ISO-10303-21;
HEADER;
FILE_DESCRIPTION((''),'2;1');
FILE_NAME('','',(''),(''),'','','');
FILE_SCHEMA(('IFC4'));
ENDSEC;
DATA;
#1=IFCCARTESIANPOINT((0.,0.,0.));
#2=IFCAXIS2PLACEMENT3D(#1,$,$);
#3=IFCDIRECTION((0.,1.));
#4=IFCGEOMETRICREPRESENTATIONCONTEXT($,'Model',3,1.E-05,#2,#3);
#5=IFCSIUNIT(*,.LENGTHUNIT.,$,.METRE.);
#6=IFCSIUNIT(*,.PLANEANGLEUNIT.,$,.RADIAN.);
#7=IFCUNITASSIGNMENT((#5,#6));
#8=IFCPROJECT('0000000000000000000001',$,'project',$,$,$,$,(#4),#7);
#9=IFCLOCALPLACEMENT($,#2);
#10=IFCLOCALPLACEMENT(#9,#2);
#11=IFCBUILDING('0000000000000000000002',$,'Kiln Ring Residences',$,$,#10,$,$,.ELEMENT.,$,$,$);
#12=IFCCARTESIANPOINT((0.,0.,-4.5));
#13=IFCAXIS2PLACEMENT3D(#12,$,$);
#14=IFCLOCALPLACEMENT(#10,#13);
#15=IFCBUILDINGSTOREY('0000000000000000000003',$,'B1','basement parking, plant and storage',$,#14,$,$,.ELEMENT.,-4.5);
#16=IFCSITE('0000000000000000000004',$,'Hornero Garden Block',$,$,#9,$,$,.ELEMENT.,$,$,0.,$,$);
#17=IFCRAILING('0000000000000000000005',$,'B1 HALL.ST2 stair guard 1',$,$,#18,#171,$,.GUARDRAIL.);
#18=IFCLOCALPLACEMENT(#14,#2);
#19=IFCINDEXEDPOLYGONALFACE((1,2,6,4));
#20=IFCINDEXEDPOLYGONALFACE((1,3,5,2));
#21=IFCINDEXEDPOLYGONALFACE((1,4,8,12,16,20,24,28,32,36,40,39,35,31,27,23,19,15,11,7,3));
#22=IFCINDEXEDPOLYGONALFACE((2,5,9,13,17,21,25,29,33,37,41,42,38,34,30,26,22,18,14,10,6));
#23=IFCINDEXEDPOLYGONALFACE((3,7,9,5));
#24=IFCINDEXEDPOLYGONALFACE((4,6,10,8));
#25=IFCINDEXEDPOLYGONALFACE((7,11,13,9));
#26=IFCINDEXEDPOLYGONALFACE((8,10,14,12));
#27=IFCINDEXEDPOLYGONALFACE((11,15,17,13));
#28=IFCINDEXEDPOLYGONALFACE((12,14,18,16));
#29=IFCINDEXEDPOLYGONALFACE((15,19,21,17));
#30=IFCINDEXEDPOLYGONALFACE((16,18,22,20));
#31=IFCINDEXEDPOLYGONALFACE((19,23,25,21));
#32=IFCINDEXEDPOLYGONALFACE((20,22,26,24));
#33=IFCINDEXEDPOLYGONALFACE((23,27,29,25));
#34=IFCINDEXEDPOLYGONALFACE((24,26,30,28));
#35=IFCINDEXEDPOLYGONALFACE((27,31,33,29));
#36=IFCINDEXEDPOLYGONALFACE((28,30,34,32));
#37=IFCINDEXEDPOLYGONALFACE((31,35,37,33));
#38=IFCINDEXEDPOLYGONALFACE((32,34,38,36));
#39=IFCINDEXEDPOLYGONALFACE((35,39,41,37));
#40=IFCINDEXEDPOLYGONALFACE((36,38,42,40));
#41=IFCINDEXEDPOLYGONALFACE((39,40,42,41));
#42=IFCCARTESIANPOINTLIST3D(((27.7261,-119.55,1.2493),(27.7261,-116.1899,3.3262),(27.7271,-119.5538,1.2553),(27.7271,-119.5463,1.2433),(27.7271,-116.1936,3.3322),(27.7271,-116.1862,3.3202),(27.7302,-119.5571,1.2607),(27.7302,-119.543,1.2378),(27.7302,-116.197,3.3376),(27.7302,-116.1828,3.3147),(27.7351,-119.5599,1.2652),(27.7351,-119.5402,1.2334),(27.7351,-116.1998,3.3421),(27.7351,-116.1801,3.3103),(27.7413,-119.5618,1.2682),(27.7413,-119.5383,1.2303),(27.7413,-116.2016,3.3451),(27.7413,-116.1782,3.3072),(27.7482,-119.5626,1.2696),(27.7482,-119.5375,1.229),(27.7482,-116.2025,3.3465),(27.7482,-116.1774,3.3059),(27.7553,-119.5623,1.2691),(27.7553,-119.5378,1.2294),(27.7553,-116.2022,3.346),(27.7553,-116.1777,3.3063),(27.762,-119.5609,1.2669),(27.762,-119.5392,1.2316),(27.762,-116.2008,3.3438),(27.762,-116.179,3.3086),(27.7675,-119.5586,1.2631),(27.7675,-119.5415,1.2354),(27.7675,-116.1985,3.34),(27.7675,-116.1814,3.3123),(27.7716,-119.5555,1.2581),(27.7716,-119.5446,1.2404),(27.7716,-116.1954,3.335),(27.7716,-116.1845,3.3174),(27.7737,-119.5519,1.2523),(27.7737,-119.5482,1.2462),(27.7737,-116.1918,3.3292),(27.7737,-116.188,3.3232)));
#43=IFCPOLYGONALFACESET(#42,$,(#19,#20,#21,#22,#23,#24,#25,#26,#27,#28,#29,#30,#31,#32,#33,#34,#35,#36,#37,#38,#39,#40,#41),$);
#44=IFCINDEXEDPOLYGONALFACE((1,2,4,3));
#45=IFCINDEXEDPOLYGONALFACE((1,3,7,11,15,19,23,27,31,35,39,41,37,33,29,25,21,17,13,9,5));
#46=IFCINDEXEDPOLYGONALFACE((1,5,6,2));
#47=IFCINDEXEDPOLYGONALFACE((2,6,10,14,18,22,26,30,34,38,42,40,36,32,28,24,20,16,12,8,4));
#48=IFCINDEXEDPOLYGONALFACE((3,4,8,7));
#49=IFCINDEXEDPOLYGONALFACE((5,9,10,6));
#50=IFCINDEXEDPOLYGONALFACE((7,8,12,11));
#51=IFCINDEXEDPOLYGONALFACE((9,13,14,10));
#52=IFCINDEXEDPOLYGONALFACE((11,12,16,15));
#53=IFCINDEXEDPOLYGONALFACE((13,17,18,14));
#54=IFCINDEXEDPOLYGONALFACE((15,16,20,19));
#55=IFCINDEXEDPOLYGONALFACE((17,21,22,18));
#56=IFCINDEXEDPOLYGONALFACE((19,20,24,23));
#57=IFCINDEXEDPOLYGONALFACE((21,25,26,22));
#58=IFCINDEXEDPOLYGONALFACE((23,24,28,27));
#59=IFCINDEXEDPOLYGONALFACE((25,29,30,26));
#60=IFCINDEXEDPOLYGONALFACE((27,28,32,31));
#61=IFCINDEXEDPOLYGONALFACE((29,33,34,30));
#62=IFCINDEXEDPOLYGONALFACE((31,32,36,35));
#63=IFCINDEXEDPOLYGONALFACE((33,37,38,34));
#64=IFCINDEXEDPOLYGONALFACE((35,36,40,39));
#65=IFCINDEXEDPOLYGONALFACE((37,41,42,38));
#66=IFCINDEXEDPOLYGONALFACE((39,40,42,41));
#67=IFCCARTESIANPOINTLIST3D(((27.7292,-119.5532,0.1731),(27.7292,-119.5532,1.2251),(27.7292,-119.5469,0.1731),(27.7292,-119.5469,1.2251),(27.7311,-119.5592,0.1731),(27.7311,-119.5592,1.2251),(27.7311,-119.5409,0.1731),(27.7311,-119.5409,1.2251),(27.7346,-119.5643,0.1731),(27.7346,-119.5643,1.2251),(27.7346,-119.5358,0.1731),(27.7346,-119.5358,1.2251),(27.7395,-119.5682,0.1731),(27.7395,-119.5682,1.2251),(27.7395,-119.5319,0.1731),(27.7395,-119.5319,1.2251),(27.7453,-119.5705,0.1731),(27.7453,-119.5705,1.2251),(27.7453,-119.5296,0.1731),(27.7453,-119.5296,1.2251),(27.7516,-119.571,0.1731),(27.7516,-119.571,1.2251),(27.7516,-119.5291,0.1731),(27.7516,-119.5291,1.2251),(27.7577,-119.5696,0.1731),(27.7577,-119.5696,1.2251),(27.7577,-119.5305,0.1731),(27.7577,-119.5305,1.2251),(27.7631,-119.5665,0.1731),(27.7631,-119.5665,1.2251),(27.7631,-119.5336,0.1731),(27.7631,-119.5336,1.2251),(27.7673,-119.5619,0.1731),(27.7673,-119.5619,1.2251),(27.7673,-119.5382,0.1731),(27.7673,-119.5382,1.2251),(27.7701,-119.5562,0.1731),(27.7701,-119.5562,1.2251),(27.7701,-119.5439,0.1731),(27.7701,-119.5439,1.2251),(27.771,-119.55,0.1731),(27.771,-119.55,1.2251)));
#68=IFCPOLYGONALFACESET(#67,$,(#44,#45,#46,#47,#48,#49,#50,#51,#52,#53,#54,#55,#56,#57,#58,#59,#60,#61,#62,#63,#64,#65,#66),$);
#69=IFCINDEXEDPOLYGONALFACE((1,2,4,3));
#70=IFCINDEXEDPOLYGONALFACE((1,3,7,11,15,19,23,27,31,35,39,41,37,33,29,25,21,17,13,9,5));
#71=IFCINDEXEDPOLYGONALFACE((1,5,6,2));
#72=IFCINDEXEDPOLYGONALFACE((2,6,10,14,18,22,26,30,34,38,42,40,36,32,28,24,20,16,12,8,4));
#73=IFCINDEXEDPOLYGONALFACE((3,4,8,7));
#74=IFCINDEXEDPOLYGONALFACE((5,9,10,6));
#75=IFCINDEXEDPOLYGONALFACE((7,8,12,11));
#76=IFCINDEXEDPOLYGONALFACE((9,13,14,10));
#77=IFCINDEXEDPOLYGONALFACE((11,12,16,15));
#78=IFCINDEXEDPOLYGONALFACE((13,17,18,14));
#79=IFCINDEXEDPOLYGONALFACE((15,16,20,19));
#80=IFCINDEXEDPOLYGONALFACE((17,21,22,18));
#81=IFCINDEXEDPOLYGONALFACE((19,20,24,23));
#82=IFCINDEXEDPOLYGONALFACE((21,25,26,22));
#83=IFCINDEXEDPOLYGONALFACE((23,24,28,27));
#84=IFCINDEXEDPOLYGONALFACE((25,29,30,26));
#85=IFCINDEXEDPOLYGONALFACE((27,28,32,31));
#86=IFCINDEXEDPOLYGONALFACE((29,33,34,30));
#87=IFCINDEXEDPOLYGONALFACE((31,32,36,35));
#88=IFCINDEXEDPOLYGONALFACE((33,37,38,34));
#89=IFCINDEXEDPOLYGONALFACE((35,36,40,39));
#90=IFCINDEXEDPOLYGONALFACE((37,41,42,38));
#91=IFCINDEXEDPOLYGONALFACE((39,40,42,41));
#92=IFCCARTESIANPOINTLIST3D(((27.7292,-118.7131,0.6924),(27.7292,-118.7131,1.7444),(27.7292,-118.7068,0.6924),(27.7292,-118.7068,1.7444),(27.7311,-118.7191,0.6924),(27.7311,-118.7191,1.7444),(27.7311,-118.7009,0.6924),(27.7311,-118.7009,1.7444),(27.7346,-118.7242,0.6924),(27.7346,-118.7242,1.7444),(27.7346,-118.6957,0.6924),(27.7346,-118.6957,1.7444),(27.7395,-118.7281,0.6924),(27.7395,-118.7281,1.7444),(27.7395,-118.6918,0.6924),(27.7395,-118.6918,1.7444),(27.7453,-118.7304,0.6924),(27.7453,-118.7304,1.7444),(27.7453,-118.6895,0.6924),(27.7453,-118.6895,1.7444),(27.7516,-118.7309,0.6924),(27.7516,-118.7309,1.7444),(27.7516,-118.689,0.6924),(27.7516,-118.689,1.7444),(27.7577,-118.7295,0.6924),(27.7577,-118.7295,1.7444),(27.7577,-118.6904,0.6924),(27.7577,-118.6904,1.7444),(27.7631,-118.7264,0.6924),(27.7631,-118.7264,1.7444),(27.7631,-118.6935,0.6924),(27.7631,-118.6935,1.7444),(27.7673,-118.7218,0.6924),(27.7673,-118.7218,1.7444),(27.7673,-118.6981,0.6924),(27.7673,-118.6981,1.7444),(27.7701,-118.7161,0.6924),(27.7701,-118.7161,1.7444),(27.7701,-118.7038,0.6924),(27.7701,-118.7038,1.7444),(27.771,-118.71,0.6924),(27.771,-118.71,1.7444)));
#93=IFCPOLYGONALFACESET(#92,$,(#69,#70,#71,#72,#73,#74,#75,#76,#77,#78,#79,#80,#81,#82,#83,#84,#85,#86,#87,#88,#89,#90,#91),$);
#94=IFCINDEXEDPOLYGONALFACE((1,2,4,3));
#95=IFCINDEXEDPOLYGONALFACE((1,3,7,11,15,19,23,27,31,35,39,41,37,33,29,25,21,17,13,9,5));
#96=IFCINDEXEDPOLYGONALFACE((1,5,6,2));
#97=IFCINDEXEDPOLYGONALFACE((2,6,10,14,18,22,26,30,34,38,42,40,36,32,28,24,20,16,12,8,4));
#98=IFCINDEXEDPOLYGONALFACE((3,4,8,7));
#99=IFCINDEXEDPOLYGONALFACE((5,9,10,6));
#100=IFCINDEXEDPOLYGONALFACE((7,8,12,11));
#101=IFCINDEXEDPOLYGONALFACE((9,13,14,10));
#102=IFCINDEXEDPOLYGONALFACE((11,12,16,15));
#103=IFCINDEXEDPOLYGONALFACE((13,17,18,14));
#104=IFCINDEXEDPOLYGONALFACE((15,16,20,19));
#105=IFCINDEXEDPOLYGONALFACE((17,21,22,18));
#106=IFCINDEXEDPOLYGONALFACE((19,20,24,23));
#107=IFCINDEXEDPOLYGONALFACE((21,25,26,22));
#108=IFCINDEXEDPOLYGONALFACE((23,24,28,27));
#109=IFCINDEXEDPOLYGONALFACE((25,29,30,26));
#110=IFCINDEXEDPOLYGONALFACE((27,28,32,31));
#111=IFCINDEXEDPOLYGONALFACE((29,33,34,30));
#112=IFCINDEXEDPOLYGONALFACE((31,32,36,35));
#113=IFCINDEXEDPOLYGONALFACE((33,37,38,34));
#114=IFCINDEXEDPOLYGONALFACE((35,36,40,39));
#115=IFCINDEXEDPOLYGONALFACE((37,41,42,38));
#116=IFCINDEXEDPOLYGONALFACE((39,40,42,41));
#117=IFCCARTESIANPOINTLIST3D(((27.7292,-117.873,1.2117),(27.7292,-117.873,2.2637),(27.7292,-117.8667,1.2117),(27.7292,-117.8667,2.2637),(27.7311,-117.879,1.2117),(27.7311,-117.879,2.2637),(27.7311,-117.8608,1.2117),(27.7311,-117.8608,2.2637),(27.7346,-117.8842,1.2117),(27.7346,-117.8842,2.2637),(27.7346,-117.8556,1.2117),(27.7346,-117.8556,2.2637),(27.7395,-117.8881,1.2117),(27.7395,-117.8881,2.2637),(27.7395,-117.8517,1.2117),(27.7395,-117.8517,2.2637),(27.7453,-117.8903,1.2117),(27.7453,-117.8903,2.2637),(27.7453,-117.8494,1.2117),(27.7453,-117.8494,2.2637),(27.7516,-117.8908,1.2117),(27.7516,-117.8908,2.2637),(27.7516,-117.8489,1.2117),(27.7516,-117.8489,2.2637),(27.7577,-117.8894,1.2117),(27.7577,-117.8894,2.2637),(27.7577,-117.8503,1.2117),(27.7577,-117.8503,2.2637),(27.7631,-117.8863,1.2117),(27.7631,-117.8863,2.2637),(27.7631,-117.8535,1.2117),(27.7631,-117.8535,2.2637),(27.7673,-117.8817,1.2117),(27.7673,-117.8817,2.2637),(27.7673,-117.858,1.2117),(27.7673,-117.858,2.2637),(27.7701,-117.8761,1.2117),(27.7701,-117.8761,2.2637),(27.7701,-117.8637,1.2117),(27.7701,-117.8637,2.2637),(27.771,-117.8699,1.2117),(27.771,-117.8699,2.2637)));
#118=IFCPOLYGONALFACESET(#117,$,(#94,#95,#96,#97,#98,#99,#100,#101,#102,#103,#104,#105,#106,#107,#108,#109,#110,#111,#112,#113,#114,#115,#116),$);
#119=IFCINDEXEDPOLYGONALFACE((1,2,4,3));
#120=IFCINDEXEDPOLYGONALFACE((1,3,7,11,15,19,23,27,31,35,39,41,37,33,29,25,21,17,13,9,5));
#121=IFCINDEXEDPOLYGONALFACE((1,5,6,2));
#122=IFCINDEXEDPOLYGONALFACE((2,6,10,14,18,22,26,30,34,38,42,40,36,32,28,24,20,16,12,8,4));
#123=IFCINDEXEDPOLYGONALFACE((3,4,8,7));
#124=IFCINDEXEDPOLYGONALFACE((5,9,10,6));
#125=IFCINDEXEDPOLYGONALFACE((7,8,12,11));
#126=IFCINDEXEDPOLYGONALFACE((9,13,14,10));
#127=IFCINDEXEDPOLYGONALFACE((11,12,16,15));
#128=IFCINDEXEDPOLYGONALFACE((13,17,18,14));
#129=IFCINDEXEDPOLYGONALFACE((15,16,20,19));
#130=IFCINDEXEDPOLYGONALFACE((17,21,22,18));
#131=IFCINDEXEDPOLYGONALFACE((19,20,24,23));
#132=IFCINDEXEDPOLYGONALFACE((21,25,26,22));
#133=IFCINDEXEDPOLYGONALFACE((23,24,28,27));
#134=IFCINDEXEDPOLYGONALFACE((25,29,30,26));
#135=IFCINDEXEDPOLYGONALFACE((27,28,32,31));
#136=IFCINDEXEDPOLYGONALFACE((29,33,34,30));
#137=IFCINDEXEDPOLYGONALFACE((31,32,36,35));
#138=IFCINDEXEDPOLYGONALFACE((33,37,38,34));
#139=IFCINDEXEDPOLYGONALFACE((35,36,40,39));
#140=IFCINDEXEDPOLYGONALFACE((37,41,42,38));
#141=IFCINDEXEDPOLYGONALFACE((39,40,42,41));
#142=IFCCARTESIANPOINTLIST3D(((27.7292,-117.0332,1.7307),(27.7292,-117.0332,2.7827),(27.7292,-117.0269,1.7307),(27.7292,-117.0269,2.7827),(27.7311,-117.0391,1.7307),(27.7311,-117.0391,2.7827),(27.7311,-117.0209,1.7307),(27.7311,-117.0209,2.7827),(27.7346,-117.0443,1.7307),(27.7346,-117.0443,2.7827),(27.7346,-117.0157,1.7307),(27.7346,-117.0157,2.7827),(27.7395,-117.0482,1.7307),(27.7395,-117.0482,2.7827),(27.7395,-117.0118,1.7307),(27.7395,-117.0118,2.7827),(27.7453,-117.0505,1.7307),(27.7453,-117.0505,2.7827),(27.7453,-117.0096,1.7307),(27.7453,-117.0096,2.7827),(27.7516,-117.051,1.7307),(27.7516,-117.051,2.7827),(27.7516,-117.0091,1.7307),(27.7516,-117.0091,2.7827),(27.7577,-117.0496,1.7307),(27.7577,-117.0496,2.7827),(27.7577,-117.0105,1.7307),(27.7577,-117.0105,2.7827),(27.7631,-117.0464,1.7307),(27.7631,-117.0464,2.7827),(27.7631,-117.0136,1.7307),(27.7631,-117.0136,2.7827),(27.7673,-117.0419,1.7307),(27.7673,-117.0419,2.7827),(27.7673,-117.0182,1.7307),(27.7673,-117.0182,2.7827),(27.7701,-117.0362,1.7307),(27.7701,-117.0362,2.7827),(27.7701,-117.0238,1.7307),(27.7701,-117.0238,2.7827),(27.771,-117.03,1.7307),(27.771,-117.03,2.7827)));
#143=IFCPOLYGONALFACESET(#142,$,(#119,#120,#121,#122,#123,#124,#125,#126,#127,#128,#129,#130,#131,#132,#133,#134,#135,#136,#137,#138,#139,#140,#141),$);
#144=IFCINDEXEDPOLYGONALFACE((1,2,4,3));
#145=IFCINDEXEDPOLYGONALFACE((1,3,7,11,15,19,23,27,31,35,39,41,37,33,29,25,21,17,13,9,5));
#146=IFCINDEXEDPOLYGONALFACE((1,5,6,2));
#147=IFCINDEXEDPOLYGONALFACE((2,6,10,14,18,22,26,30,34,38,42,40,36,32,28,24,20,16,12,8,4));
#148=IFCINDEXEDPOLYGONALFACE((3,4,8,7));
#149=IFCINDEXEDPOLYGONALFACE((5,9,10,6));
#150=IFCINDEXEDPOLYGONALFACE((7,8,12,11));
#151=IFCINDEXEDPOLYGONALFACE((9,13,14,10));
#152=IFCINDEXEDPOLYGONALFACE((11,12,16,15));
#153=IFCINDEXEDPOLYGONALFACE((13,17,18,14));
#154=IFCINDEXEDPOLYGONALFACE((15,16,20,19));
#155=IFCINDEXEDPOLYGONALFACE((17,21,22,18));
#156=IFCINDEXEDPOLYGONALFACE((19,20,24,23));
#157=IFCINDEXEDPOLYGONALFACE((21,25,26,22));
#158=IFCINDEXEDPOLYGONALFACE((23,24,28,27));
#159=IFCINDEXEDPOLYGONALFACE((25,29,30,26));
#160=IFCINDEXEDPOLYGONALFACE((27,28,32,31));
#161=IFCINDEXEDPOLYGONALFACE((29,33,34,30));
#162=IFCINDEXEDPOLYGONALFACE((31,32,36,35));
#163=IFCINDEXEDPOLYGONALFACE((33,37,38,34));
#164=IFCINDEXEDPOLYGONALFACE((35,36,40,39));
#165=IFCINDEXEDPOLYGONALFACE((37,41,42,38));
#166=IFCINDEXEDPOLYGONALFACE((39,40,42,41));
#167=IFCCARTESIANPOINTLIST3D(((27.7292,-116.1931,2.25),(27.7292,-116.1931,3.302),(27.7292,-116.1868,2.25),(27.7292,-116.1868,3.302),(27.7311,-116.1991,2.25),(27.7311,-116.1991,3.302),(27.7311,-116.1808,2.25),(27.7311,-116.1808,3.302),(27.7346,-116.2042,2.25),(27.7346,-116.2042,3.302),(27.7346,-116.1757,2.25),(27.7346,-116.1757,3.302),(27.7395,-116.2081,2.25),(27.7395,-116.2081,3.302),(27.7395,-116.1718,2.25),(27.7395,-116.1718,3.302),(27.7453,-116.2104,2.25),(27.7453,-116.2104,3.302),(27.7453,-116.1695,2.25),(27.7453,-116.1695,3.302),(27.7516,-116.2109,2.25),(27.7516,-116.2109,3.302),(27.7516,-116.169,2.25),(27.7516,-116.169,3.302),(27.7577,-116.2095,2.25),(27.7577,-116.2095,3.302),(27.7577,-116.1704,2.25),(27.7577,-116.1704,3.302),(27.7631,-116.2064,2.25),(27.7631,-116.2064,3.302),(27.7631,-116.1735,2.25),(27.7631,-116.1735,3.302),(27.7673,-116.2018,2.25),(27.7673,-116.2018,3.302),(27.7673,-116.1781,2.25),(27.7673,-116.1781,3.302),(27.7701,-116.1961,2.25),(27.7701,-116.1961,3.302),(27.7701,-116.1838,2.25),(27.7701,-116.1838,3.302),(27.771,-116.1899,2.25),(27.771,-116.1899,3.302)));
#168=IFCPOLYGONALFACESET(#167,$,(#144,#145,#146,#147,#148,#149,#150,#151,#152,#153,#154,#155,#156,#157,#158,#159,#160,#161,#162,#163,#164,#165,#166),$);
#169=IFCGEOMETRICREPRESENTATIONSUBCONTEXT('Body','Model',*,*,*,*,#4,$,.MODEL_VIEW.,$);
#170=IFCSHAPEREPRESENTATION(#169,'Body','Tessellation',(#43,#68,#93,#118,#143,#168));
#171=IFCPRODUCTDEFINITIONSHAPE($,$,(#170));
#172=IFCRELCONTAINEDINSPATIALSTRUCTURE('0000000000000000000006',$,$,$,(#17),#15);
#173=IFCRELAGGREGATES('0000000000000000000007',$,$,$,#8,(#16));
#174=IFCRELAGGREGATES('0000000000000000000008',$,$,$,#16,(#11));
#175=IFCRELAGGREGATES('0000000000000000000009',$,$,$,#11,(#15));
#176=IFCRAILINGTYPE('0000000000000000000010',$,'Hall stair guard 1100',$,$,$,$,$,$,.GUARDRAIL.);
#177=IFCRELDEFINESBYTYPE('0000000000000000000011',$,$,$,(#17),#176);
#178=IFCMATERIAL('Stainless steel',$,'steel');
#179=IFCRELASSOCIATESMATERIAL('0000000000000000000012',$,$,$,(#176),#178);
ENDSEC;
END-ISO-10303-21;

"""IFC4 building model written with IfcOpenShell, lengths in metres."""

from ifc_helpers import new_model, si_unit, direction, frame, origin, origin_2d, place, context, subcontext, project, spatial, circle, extrude, material, type_object, element, save


model = new_model("IFC4")

# Units and contexts
model_context = context("Model", 3, precision=1e-05, world=origin(), true_north=direction((0.0, 1.0)))
body_context = subcontext(model_context, "Body", "Model", "MODEL_VIEW")
ifc_project = project(units=[si_unit("LENGTHUNIT", "METRE"), si_unit("PLANEANGLEUNIT", "RADIAN")], contexts=[model_context])

# Site, building, storey
site_placement = place(None, origin())
site = spatial("IfcSite", under=ifc_project, at=site_placement, Name="Hornero Garden Block", CompositionType="ELEMENT", RefElevation=0.0)
building_placement = place(site_placement, origin())
building = spatial("IfcBuilding", under=site, at=building_placement, Name="Kiln Ring Residences", CompositionType="ELEMENT")
storey_placement = place(building_placement, frame((0.0, 0.0, -4.5)))
storey = spatial("IfcBuildingStorey", under=building, at=storey_placement, Name="B1", Description="basement parking, plant and storage", CompositionType="ELEMENT", Elevation=-4.5)

# Railing
ifc_material_1 = material(Name="Stainless steel", Category="steel")
railing_type_1 = type_object("IfcRailingType", Name="Hall stair guard 1100", PredefinedType="GUARDRAIL", material=ifc_material_1)
railing_1_placement = place(storey_placement, frame((27.75, -119.55, 0.1731)))
element("IfcRailing", 1, at=railing_1_placement, inside=storey, type_object=railing_type_1, Name="B1 HALL.ST2 stair guard 1", PredefinedType="GUARDRAIL", context=body_context, shape_type="SweptSolid", body=[
    extrude(circle(Radius=0.0239, at=origin_2d()), frame((0.0, 0.0, 1.0762), z_axis=(0.0, 0.850623, 0.525776), x_axis=(-1.0, 0.0, 0.0)), (0.0, 0.0, 1.0), 3.9502),
    extrude(circle(Radius=0.021, at=origin_2d()), origin(), (0.0, 0.0, 1.0), 1.052),
    extrude(circle(Radius=0.021, at=origin_2d()), frame((0.0, 0.8401, 0.5193)), (0.0, 0.0, 1.0), 1.052),
    extrude(circle(Radius=0.021, at=origin_2d()), frame((0.0, 1.6802, 1.0386)), (0.0, 0.0, 1.0), 1.052),
    extrude(circle(Radius=0.021, at=origin_2d()), frame((0.0, 2.52, 1.5576)), (0.0, 0.0, 1.0), 1.052),
    extrude(circle(Radius=0.021, at=origin_2d()), frame((0.0, 3.3601, 2.0769)), (0.0, 0.0, 1.0), 1.052),
])

save(model, "model.ifc")
